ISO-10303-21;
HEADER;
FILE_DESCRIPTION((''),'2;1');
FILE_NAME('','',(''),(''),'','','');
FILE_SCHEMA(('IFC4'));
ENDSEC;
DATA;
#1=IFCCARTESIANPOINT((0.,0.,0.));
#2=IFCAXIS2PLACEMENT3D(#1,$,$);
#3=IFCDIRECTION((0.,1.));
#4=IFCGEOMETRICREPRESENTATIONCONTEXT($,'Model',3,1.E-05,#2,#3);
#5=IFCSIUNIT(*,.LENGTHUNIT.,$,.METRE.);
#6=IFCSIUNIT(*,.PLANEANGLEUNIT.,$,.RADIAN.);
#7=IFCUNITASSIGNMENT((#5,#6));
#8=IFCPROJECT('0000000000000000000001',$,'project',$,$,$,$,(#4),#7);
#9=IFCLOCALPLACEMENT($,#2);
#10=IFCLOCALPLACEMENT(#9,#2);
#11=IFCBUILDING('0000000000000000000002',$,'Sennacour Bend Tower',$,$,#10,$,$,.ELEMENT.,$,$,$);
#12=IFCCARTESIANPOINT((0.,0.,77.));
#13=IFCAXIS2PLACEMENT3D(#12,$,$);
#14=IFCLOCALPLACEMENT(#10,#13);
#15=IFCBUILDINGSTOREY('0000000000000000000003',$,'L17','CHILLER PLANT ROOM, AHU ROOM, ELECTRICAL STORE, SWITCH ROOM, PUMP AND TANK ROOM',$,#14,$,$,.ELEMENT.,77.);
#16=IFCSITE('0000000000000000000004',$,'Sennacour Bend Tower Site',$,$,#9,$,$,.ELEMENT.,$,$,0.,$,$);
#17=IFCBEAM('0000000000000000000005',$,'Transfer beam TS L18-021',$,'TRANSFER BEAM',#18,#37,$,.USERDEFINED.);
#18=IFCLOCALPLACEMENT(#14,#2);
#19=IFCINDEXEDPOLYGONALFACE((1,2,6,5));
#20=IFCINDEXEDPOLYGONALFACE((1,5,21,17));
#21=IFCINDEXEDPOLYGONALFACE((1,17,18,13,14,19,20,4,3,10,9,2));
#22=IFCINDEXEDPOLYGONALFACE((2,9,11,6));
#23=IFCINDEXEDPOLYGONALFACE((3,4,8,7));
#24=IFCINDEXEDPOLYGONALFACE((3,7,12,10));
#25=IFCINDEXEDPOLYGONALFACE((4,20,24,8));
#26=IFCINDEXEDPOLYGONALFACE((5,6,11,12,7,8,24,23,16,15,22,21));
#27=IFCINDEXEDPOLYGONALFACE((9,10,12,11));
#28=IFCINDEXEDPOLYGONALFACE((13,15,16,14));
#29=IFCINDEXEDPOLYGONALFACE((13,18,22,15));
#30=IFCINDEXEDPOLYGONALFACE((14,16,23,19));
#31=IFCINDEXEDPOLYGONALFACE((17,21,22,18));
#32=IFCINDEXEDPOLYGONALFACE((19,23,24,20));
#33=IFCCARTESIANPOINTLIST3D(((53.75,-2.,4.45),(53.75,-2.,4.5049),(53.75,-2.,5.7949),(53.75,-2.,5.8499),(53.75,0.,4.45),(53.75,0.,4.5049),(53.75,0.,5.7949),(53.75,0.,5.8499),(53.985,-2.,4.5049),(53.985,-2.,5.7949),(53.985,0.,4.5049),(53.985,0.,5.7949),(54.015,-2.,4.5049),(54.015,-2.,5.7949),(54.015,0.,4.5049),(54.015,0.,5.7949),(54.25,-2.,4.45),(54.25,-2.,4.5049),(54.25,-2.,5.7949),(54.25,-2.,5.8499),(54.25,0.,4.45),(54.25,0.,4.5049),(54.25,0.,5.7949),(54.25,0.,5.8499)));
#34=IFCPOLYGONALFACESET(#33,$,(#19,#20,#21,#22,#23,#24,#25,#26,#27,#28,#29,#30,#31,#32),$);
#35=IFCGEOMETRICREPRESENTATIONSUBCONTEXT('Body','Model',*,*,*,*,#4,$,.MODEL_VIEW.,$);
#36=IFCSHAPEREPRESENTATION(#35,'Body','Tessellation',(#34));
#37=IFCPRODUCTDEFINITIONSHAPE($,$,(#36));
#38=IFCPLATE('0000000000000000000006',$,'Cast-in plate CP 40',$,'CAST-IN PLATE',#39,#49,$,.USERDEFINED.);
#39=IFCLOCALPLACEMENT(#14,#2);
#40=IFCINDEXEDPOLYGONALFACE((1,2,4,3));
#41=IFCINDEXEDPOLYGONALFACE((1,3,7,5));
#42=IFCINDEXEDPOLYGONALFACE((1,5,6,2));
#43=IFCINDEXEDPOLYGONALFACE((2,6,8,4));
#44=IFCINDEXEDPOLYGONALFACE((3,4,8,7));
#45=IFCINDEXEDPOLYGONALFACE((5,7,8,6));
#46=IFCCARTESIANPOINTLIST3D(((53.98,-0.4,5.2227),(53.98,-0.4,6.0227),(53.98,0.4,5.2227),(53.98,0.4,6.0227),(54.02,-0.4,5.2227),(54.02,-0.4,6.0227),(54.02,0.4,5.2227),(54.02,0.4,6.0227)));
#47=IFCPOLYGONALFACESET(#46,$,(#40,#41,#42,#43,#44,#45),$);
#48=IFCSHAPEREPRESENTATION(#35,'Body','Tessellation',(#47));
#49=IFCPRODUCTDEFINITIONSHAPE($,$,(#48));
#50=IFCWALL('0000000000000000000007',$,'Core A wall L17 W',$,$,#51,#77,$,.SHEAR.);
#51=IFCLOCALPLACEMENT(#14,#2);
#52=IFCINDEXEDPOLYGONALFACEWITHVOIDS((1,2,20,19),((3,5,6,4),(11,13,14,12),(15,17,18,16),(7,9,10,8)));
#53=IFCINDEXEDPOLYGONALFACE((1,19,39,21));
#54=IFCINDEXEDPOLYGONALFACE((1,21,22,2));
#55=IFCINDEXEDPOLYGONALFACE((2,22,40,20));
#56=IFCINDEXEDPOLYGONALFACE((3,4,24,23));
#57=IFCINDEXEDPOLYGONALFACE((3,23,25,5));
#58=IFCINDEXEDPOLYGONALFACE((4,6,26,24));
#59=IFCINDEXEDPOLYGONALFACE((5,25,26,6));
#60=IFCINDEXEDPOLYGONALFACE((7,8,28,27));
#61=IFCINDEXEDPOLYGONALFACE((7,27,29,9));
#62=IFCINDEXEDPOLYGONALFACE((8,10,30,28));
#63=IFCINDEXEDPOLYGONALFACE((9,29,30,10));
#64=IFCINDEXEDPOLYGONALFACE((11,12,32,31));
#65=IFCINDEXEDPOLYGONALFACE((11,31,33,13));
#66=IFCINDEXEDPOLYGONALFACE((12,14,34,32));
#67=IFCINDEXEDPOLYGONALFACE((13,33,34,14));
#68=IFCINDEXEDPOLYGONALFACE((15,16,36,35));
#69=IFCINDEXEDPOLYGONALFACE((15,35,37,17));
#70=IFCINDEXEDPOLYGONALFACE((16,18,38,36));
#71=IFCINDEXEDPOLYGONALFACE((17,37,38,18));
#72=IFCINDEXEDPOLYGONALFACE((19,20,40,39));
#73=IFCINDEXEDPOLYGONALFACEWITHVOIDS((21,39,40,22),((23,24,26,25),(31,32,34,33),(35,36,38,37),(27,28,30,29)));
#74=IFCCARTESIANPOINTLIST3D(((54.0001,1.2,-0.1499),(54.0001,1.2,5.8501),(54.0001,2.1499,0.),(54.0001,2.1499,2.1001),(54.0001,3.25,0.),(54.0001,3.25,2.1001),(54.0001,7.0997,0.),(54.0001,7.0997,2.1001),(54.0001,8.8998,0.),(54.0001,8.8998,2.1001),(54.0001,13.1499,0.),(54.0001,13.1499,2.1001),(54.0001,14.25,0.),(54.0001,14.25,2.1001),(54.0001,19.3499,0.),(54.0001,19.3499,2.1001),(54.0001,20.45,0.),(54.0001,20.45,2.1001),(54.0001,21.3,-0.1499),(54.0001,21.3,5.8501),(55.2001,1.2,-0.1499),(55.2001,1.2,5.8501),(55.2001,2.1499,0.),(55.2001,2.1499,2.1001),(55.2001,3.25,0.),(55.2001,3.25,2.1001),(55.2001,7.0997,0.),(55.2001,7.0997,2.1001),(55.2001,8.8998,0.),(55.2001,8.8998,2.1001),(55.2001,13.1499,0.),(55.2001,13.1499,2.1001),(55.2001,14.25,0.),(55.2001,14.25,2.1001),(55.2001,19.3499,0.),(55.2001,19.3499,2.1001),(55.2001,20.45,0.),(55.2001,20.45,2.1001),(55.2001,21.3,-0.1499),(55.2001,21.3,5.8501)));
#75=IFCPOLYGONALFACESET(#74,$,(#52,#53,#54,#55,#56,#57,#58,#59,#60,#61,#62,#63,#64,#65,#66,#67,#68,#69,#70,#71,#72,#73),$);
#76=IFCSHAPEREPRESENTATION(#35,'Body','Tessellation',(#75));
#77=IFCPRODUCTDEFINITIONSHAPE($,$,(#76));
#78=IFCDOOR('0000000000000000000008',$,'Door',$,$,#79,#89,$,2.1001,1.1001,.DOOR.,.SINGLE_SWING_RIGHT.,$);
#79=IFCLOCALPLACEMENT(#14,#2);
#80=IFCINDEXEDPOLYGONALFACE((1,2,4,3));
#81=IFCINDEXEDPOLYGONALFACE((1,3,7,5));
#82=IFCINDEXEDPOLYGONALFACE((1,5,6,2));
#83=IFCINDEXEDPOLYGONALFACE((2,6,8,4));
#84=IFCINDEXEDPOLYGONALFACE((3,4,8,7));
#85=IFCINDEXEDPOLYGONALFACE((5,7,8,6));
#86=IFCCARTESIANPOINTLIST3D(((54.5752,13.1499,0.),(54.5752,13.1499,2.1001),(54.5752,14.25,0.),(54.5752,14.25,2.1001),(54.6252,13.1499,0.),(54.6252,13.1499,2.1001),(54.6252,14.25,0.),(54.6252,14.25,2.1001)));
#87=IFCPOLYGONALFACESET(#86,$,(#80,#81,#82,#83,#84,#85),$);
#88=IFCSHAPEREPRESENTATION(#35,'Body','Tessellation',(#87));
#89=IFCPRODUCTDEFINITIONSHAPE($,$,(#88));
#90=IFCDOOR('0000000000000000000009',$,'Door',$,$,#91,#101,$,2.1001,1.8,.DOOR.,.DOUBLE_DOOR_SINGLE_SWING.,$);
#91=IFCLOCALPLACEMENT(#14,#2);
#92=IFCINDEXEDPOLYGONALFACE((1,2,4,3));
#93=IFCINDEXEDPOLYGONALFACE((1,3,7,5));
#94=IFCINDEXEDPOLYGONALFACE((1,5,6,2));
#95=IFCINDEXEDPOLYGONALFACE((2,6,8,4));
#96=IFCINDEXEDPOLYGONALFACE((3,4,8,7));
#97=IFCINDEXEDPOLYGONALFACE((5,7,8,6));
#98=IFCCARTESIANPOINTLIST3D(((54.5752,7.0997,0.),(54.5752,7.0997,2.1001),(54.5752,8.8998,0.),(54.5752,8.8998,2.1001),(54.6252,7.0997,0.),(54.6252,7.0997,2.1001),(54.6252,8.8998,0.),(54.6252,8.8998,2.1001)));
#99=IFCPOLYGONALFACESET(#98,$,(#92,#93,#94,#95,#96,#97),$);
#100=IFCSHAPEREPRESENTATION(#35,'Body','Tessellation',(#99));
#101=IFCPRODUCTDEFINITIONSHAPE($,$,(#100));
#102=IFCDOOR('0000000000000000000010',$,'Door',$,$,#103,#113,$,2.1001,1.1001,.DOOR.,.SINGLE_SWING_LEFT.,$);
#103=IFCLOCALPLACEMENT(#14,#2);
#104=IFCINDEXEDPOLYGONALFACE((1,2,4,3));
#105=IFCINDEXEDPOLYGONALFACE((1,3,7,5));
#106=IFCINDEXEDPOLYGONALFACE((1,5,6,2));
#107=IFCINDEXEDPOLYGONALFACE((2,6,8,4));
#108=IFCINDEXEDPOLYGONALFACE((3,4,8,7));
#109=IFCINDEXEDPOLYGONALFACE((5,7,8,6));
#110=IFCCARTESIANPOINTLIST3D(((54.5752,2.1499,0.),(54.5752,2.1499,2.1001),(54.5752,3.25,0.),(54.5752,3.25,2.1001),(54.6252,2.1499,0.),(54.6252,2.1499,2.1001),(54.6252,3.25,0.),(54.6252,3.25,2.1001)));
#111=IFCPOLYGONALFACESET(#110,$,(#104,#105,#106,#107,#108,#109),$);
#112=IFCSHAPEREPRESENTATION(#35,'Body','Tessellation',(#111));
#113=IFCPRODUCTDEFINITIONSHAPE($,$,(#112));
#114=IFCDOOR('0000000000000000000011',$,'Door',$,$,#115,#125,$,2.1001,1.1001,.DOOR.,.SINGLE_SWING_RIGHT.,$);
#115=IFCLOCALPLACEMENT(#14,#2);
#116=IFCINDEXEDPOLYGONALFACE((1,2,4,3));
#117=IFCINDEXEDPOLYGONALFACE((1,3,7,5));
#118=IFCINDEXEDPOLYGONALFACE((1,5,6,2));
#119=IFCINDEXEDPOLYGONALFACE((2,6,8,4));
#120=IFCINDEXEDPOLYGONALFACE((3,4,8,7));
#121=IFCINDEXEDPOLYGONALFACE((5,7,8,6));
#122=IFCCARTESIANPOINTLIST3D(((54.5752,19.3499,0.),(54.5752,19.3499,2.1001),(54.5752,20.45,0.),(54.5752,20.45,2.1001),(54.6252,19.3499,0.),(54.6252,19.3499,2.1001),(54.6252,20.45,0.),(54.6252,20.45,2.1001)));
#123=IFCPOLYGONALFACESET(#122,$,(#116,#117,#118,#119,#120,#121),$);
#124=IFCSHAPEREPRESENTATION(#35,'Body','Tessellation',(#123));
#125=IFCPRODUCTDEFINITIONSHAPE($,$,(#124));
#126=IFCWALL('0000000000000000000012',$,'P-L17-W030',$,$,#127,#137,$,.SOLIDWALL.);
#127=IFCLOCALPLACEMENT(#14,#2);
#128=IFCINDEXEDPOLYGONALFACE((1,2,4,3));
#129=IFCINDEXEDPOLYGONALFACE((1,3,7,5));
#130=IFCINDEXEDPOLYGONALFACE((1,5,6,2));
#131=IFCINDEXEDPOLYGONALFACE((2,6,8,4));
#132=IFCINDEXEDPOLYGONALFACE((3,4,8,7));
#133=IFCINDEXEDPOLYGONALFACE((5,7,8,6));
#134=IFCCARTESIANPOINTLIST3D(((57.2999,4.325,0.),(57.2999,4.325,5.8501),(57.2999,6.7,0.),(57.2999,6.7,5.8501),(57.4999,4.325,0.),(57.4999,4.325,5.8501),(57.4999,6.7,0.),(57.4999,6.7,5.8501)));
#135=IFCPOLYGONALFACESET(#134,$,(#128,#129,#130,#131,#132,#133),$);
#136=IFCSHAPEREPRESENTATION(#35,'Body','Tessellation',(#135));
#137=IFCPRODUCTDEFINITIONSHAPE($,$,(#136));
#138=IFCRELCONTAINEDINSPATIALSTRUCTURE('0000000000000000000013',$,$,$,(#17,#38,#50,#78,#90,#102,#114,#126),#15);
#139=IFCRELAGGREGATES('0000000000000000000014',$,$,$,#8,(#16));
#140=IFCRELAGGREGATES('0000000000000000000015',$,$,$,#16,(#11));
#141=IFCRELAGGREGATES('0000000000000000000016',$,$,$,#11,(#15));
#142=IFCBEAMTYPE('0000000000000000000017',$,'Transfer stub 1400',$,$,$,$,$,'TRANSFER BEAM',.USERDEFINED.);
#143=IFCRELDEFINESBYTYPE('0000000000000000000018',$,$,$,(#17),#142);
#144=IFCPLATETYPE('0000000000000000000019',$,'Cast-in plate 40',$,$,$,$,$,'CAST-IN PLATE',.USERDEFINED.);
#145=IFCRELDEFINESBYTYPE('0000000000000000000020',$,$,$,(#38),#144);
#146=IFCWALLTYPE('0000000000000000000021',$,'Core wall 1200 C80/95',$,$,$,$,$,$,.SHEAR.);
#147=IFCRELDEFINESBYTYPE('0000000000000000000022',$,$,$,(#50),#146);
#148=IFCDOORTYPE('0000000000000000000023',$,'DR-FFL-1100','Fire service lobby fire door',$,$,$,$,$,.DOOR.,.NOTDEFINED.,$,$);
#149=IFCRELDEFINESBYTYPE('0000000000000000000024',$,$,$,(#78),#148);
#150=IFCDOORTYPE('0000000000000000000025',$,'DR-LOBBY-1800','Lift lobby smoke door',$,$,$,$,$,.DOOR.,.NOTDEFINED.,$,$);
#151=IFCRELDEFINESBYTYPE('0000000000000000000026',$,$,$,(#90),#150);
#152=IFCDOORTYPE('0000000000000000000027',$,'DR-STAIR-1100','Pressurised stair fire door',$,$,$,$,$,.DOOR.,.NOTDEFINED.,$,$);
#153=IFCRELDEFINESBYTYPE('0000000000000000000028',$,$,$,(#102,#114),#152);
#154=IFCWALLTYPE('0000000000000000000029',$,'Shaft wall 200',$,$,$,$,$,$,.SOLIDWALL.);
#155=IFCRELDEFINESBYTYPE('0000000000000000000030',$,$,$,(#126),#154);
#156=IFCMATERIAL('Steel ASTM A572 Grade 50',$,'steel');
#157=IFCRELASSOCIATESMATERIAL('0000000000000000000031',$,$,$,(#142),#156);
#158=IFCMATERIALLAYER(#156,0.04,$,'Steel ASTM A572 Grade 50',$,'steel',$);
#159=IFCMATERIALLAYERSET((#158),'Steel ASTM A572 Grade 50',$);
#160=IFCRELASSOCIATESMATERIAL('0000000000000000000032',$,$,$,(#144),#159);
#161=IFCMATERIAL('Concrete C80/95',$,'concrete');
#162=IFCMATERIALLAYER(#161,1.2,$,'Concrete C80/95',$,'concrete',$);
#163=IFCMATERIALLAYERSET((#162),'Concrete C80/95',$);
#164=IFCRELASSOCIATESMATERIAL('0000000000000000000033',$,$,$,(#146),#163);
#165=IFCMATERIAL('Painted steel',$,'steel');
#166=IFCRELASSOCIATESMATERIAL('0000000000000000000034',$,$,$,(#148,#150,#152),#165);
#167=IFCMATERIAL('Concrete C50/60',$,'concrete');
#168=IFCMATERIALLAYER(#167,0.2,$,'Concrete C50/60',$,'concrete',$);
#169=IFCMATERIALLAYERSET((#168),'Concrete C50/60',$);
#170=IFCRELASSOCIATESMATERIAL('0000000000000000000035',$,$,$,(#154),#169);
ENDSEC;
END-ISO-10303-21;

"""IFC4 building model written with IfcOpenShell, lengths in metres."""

from ifc_helpers import new_model, si_unit, direction, frame, frame_2d, origin, origin_2d, place, context, subcontext, project, spatial, rectangle, i_section, extrude, material, layer, layer_set, material_profile, profile_set, type_object, element, fill, save


model = new_model("IFC4")

# Units and contexts
model_context = context("Model", 3, precision=1e-05, world=origin(), true_north=direction((0.0, 1.0)))
body_context = subcontext(model_context, "Body", "Model", "MODEL_VIEW")
ifc_project = project(units=[si_unit("LENGTHUNIT", "METRE"), si_unit("PLANEANGLEUNIT", "RADIAN")], contexts=[model_context])

# Site, building, storey
site_placement = place(None, origin())
site = spatial("IfcSite", under=ifc_project, at=site_placement, Name="Sennacour Bend Tower Site", CompositionType="ELEMENT", RefElevation=0.0)
building_placement = place(site_placement, origin())
building = spatial("IfcBuilding", under=site, at=building_placement, Name="Sennacour Bend Tower", CompositionType="ELEMENT")
storey_placement = place(building_placement, frame((0.0, 0.0, 77.0)))
storey = spatial("IfcBuildingStorey", under=building, at=storey_placement, Name="L17", Description="CHILLER PLANT ROOM, AHU ROOM, ELECTRICAL STORE, SWITCH ROOM, PUMP AND TANK ROOM", CompositionType="ELEMENT", Elevation=77.0)

# Beam
ifc_material_1 = material(Name="Steel ASTM A572 Grade 50", Category="steel")
ifc_material_profile = material_profile(ifc_material_1, i_section(OverallWidth=0.5, OverallDepth=1.3999, WebThickness=0.03, FlangeThickness=0.0549, at=origin_2d()), Name="Steel ASTM A572 Grade 50", Category="steel")
ifc_profile_set = profile_set([ifc_material_profile], Name="Steel ASTM A572 Grade 50")
beam_type = type_object("IfcBeamType", Name="Transfer stub 1400", ElementType="TRANSFER BEAM", PredefinedType="USERDEFINED", material=ifc_profile_set)
beam_placement = place(storey_placement, frame((54.0, 0.0, 5.1499), z_axis=(0.0, -1.0, 0.0), x_axis=(1.0, 0.0, 0.0)))
element("IfcBeam", 1, at=beam_placement, inside=storey, type_object=beam_type, Name="Transfer beam TS L18-021", ObjectType="TRANSFER BEAM", PredefinedType="USERDEFINED", context=body_context, shape_type="SweptSolid", body=[
    extrude(i_section(OverallWidth=0.5, OverallDepth=1.3999, WebThickness=0.03, FlangeThickness=0.0549, at=origin_2d()), origin(), (0.0, 0.0, 1.0), 2.0),
])

# Plate
ifc_layer_1 = layer(ifc_material_1, 0.04, Name="Steel ASTM A572 Grade 50", Category="steel")
ifc_layer_set_1 = layer_set([ifc_layer_1], Name="Steel ASTM A572 Grade 50")
plate_type = type_object("IfcPlateType", Name="Cast-in plate 40", ElementType="CAST-IN PLATE", PredefinedType="USERDEFINED", material=ifc_layer_set_1)
plate_placement = place(storey_placement, frame((54.0, 0.0, 5.2227), z_axis=(0.0, 0.0, 1.0), x_axis=(1.0, 0.0, 0.0)))
element("IfcPlate", 2, at=plate_placement, inside=storey, type_object=plate_type, Name="Cast-in plate CP 40", ObjectType="CAST-IN PLATE", PredefinedType="USERDEFINED", context=body_context, shape_type="SweptSolid", body=[
    extrude(rectangle(XDim=0.04, YDim=0.8, at=origin_2d()), origin(), (0.0, 0.0, 1.0), 0.8),
])

# Wall, openings, doors
ifc_material_2 = material(Name="Concrete C80/95", Category="concrete")
ifc_layer_2 = layer(ifc_material_2, 1.2, Name="Concrete C80/95", Category="concrete")
ifc_layer_set_2 = layer_set([ifc_layer_2], Name="Concrete C80/95")
wall_type_1 = type_object("IfcWallType", Name="Core wall 1200 C80/95", PredefinedType="SHEAR", material=ifc_layer_set_2)
wall_1_placement = place(storey_placement, frame((54.6001, 1.2, -0.1499), z_axis=(0.0, 0.0, 1.0), x_axis=(0.0, 1.0, 0.0)))
wall_1 = element("IfcWall", 3, at=wall_1_placement, inside=storey, type_object=wall_type_1, Name="Core A wall L17 W", PredefinedType="SHEAR", context=body_context, shape_type="SweptSolid", body=[
    extrude(rectangle(XDim=20.1001, YDim=1.2, at=frame_2d((10.05, 0.0))), origin(), (0.0, 0.0, 1.0), 6.0),
])
opening_1_placement = place(wall_1_placement, frame((5.8999, 0.0, 0.1499)))
opening_1 = element("IfcOpeningElement", 4, at=opening_1_placement, cuts=wall_1, PredefinedType="OPENING", context=body_context, shape_type="SweptSolid", body=[
    extrude(rectangle(XDim=1.8, YDim=2.1001, at=frame_2d((0.8999, 1.05))), frame((0.0, 0.6099, 0.0), z_axis=(0.0, -1.0, 0.0), x_axis=(1.0, 0.0, 0.0)), (0.0, 0.0, 1.0), 1.22),
])
opening_2_placement = place(wall_1_placement, frame((11.95, 0.0, 0.1499)))
opening_2 = element("IfcOpeningElement", 5, at=opening_2_placement, cuts=wall_1, PredefinedType="OPENING", context=body_context, shape_type="SweptSolid", body=[
    extrude(rectangle(XDim=1.1001, YDim=2.1001, at=frame_2d((0.55, 1.05))), frame((0.0, 0.6099, 0.0), z_axis=(0.0, -1.0, 0.0), x_axis=(1.0, 0.0, 0.0)), (0.0, 0.0, 1.0), 1.22),
])
opening_3_placement = place(wall_1_placement, frame((0.95, 0.0, 0.1499)))
opening_3 = element("IfcOpeningElement", 6, at=opening_3_placement, cuts=wall_1, PredefinedType="OPENING", context=body_context, shape_type="SweptSolid", body=[
    extrude(rectangle(XDim=1.1001, YDim=2.1001, at=frame_2d((0.55, 1.05))), frame((0.0, 0.6099, 0.0), z_axis=(0.0, -1.0, 0.0), x_axis=(1.0, 0.0, 0.0)), (0.0, 0.0, 1.0), 1.22),
])
opening_4_placement = place(wall_1_placement, frame((18.1499, 0.0, 0.1499)))
opening_4 = element("IfcOpeningElement", 7, at=opening_4_placement, cuts=wall_1, PredefinedType="OPENING", context=body_context, shape_type="SweptSolid", body=[
    extrude(rectangle(XDim=1.1001, YDim=2.1001, at=frame_2d((0.55, 1.05))), frame((0.0, 0.6099, 0.0), z_axis=(0.0, -1.0, 0.0), x_axis=(1.0, 0.0, 0.0)), (0.0, 0.0, 1.0), 1.22),
])
ifc_material_3 = material(Name="Painted steel", Category="steel")
door_type_1 = type_object("IfcDoorType", Name="DR-FFL-1100", Description="Fire service lobby fire door", OperationType="NOTDEFINED", PredefinedType="DOOR", material=ifc_material_3)
door_1_placement = place(opening_2_placement, origin())
door_1 = element("IfcDoor", 8, at=door_1_placement, inside=storey, type_object=door_type_1, Name="Door", OperationType="SINGLE_SWING_RIGHT", OverallHeight=2.1001, OverallWidth=1.1001, PredefinedType="DOOR", context=body_context, shape_type="SweptSolid", body=[
    extrude(rectangle(XDim=1.1001, YDim=2.1001, at=frame_2d((0.55, 1.05))), frame((0.0, 0.0249, 0.0), z_axis=(0.0, -1.0, 0.0), x_axis=(1.0, 0.0, 0.0)), (0.0, 0.0, 1.0), 0.05),
])
fill(opening_2, door_1)
door_type_2 = type_object("IfcDoorType", Name="DR-LOBBY-1800", Description="Lift lobby smoke door", OperationType="NOTDEFINED", PredefinedType="DOOR", material=ifc_material_3)
door_2_placement = place(opening_1_placement, origin())
door_2 = element("IfcDoor", 9, at=door_2_placement, inside=storey, type_object=door_type_2, Name="Door", OperationType="DOUBLE_DOOR_SINGLE_SWING", OverallHeight=2.1001, OverallWidth=1.8, PredefinedType="DOOR", context=body_context, shape_type="SweptSolid", body=[
    extrude(rectangle(XDim=1.8, YDim=2.1001, at=frame_2d((0.8999, 1.05))), frame((0.0, 0.0249, 0.0), z_axis=(0.0, -1.0, 0.0), x_axis=(1.0, 0.0, 0.0)), (0.0, 0.0, 1.0), 0.05),
])
fill(opening_1, door_2)
door_type_3 = type_object("IfcDoorType", Name="DR-STAIR-1100", Description="Pressurised stair fire door", OperationType="NOTDEFINED", PredefinedType="DOOR", material=ifc_material_3)
door_3_placement = place(opening_3_placement, origin())
door_3 = element("IfcDoor", 10, at=door_3_placement, inside=storey, type_object=door_type_3, Name="Door", OperationType="SINGLE_SWING_LEFT", OverallHeight=2.1001, OverallWidth=1.1001, PredefinedType="DOOR", context=body_context, shape_type="SweptSolid", body=[
    extrude(rectangle(XDim=1.1001, YDim=2.1001, at=frame_2d((0.55, 1.05))), frame((0.0, 0.0249, 0.0), z_axis=(0.0, -1.0, 0.0), x_axis=(1.0, 0.0, 0.0)), (0.0, 0.0, 1.0), 0.05),
])
fill(opening_3, door_3)
door_4_placement = place(opening_4_placement, origin())
door_4 = element("IfcDoor", 11, at=door_4_placement, inside=storey, type_object=door_type_3, Name="Door", OperationType="SINGLE_SWING_RIGHT", OverallHeight=2.1001, OverallWidth=1.1001, PredefinedType="DOOR", context=body_context, shape_type="SweptSolid", body=[
    extrude(rectangle(XDim=1.1001, YDim=2.1001, at=frame_2d((0.55, 1.05))), frame((0.0, 0.0249, 0.0), z_axis=(0.0, -1.0, 0.0), x_axis=(1.0, 0.0, 0.0)), (0.0, 0.0, 1.0), 0.05),
])
fill(opening_4, door_4)

# Wall
ifc_material_4 = material(Name="Concrete C50/60", Category="concrete")
ifc_layer_3 = layer(ifc_material_4, 0.2, Name="Concrete C50/60", Category="concrete")
ifc_layer_set_3 = layer_set([ifc_layer_3], Name="Concrete C50/60")
wall_type_2 = type_object("IfcWallType", Name="Shaft wall 200", PredefinedType="SOLIDWALL", material=ifc_layer_set_3)
wall_2_placement = place(storey_placement, frame((57.3999, 4.325, 0.0), z_axis=(0.0, 0.0, 1.0), x_axis=(0.0, 1.0, 0.0)))
element("IfcWall", 12, at=wall_2_placement, inside=storey, type_object=wall_type_2, Name="P-L17-W030", PredefinedType="SOLIDWALL", context=body_context, shape_type="SweptSolid", body=[
    extrude(rectangle(XDim=2.375, YDim=0.2, at=frame_2d((1.1875, 0.0))), origin(), (0.0, 0.0, 1.0), 5.8501),
])

save(model, "model.ifc")
